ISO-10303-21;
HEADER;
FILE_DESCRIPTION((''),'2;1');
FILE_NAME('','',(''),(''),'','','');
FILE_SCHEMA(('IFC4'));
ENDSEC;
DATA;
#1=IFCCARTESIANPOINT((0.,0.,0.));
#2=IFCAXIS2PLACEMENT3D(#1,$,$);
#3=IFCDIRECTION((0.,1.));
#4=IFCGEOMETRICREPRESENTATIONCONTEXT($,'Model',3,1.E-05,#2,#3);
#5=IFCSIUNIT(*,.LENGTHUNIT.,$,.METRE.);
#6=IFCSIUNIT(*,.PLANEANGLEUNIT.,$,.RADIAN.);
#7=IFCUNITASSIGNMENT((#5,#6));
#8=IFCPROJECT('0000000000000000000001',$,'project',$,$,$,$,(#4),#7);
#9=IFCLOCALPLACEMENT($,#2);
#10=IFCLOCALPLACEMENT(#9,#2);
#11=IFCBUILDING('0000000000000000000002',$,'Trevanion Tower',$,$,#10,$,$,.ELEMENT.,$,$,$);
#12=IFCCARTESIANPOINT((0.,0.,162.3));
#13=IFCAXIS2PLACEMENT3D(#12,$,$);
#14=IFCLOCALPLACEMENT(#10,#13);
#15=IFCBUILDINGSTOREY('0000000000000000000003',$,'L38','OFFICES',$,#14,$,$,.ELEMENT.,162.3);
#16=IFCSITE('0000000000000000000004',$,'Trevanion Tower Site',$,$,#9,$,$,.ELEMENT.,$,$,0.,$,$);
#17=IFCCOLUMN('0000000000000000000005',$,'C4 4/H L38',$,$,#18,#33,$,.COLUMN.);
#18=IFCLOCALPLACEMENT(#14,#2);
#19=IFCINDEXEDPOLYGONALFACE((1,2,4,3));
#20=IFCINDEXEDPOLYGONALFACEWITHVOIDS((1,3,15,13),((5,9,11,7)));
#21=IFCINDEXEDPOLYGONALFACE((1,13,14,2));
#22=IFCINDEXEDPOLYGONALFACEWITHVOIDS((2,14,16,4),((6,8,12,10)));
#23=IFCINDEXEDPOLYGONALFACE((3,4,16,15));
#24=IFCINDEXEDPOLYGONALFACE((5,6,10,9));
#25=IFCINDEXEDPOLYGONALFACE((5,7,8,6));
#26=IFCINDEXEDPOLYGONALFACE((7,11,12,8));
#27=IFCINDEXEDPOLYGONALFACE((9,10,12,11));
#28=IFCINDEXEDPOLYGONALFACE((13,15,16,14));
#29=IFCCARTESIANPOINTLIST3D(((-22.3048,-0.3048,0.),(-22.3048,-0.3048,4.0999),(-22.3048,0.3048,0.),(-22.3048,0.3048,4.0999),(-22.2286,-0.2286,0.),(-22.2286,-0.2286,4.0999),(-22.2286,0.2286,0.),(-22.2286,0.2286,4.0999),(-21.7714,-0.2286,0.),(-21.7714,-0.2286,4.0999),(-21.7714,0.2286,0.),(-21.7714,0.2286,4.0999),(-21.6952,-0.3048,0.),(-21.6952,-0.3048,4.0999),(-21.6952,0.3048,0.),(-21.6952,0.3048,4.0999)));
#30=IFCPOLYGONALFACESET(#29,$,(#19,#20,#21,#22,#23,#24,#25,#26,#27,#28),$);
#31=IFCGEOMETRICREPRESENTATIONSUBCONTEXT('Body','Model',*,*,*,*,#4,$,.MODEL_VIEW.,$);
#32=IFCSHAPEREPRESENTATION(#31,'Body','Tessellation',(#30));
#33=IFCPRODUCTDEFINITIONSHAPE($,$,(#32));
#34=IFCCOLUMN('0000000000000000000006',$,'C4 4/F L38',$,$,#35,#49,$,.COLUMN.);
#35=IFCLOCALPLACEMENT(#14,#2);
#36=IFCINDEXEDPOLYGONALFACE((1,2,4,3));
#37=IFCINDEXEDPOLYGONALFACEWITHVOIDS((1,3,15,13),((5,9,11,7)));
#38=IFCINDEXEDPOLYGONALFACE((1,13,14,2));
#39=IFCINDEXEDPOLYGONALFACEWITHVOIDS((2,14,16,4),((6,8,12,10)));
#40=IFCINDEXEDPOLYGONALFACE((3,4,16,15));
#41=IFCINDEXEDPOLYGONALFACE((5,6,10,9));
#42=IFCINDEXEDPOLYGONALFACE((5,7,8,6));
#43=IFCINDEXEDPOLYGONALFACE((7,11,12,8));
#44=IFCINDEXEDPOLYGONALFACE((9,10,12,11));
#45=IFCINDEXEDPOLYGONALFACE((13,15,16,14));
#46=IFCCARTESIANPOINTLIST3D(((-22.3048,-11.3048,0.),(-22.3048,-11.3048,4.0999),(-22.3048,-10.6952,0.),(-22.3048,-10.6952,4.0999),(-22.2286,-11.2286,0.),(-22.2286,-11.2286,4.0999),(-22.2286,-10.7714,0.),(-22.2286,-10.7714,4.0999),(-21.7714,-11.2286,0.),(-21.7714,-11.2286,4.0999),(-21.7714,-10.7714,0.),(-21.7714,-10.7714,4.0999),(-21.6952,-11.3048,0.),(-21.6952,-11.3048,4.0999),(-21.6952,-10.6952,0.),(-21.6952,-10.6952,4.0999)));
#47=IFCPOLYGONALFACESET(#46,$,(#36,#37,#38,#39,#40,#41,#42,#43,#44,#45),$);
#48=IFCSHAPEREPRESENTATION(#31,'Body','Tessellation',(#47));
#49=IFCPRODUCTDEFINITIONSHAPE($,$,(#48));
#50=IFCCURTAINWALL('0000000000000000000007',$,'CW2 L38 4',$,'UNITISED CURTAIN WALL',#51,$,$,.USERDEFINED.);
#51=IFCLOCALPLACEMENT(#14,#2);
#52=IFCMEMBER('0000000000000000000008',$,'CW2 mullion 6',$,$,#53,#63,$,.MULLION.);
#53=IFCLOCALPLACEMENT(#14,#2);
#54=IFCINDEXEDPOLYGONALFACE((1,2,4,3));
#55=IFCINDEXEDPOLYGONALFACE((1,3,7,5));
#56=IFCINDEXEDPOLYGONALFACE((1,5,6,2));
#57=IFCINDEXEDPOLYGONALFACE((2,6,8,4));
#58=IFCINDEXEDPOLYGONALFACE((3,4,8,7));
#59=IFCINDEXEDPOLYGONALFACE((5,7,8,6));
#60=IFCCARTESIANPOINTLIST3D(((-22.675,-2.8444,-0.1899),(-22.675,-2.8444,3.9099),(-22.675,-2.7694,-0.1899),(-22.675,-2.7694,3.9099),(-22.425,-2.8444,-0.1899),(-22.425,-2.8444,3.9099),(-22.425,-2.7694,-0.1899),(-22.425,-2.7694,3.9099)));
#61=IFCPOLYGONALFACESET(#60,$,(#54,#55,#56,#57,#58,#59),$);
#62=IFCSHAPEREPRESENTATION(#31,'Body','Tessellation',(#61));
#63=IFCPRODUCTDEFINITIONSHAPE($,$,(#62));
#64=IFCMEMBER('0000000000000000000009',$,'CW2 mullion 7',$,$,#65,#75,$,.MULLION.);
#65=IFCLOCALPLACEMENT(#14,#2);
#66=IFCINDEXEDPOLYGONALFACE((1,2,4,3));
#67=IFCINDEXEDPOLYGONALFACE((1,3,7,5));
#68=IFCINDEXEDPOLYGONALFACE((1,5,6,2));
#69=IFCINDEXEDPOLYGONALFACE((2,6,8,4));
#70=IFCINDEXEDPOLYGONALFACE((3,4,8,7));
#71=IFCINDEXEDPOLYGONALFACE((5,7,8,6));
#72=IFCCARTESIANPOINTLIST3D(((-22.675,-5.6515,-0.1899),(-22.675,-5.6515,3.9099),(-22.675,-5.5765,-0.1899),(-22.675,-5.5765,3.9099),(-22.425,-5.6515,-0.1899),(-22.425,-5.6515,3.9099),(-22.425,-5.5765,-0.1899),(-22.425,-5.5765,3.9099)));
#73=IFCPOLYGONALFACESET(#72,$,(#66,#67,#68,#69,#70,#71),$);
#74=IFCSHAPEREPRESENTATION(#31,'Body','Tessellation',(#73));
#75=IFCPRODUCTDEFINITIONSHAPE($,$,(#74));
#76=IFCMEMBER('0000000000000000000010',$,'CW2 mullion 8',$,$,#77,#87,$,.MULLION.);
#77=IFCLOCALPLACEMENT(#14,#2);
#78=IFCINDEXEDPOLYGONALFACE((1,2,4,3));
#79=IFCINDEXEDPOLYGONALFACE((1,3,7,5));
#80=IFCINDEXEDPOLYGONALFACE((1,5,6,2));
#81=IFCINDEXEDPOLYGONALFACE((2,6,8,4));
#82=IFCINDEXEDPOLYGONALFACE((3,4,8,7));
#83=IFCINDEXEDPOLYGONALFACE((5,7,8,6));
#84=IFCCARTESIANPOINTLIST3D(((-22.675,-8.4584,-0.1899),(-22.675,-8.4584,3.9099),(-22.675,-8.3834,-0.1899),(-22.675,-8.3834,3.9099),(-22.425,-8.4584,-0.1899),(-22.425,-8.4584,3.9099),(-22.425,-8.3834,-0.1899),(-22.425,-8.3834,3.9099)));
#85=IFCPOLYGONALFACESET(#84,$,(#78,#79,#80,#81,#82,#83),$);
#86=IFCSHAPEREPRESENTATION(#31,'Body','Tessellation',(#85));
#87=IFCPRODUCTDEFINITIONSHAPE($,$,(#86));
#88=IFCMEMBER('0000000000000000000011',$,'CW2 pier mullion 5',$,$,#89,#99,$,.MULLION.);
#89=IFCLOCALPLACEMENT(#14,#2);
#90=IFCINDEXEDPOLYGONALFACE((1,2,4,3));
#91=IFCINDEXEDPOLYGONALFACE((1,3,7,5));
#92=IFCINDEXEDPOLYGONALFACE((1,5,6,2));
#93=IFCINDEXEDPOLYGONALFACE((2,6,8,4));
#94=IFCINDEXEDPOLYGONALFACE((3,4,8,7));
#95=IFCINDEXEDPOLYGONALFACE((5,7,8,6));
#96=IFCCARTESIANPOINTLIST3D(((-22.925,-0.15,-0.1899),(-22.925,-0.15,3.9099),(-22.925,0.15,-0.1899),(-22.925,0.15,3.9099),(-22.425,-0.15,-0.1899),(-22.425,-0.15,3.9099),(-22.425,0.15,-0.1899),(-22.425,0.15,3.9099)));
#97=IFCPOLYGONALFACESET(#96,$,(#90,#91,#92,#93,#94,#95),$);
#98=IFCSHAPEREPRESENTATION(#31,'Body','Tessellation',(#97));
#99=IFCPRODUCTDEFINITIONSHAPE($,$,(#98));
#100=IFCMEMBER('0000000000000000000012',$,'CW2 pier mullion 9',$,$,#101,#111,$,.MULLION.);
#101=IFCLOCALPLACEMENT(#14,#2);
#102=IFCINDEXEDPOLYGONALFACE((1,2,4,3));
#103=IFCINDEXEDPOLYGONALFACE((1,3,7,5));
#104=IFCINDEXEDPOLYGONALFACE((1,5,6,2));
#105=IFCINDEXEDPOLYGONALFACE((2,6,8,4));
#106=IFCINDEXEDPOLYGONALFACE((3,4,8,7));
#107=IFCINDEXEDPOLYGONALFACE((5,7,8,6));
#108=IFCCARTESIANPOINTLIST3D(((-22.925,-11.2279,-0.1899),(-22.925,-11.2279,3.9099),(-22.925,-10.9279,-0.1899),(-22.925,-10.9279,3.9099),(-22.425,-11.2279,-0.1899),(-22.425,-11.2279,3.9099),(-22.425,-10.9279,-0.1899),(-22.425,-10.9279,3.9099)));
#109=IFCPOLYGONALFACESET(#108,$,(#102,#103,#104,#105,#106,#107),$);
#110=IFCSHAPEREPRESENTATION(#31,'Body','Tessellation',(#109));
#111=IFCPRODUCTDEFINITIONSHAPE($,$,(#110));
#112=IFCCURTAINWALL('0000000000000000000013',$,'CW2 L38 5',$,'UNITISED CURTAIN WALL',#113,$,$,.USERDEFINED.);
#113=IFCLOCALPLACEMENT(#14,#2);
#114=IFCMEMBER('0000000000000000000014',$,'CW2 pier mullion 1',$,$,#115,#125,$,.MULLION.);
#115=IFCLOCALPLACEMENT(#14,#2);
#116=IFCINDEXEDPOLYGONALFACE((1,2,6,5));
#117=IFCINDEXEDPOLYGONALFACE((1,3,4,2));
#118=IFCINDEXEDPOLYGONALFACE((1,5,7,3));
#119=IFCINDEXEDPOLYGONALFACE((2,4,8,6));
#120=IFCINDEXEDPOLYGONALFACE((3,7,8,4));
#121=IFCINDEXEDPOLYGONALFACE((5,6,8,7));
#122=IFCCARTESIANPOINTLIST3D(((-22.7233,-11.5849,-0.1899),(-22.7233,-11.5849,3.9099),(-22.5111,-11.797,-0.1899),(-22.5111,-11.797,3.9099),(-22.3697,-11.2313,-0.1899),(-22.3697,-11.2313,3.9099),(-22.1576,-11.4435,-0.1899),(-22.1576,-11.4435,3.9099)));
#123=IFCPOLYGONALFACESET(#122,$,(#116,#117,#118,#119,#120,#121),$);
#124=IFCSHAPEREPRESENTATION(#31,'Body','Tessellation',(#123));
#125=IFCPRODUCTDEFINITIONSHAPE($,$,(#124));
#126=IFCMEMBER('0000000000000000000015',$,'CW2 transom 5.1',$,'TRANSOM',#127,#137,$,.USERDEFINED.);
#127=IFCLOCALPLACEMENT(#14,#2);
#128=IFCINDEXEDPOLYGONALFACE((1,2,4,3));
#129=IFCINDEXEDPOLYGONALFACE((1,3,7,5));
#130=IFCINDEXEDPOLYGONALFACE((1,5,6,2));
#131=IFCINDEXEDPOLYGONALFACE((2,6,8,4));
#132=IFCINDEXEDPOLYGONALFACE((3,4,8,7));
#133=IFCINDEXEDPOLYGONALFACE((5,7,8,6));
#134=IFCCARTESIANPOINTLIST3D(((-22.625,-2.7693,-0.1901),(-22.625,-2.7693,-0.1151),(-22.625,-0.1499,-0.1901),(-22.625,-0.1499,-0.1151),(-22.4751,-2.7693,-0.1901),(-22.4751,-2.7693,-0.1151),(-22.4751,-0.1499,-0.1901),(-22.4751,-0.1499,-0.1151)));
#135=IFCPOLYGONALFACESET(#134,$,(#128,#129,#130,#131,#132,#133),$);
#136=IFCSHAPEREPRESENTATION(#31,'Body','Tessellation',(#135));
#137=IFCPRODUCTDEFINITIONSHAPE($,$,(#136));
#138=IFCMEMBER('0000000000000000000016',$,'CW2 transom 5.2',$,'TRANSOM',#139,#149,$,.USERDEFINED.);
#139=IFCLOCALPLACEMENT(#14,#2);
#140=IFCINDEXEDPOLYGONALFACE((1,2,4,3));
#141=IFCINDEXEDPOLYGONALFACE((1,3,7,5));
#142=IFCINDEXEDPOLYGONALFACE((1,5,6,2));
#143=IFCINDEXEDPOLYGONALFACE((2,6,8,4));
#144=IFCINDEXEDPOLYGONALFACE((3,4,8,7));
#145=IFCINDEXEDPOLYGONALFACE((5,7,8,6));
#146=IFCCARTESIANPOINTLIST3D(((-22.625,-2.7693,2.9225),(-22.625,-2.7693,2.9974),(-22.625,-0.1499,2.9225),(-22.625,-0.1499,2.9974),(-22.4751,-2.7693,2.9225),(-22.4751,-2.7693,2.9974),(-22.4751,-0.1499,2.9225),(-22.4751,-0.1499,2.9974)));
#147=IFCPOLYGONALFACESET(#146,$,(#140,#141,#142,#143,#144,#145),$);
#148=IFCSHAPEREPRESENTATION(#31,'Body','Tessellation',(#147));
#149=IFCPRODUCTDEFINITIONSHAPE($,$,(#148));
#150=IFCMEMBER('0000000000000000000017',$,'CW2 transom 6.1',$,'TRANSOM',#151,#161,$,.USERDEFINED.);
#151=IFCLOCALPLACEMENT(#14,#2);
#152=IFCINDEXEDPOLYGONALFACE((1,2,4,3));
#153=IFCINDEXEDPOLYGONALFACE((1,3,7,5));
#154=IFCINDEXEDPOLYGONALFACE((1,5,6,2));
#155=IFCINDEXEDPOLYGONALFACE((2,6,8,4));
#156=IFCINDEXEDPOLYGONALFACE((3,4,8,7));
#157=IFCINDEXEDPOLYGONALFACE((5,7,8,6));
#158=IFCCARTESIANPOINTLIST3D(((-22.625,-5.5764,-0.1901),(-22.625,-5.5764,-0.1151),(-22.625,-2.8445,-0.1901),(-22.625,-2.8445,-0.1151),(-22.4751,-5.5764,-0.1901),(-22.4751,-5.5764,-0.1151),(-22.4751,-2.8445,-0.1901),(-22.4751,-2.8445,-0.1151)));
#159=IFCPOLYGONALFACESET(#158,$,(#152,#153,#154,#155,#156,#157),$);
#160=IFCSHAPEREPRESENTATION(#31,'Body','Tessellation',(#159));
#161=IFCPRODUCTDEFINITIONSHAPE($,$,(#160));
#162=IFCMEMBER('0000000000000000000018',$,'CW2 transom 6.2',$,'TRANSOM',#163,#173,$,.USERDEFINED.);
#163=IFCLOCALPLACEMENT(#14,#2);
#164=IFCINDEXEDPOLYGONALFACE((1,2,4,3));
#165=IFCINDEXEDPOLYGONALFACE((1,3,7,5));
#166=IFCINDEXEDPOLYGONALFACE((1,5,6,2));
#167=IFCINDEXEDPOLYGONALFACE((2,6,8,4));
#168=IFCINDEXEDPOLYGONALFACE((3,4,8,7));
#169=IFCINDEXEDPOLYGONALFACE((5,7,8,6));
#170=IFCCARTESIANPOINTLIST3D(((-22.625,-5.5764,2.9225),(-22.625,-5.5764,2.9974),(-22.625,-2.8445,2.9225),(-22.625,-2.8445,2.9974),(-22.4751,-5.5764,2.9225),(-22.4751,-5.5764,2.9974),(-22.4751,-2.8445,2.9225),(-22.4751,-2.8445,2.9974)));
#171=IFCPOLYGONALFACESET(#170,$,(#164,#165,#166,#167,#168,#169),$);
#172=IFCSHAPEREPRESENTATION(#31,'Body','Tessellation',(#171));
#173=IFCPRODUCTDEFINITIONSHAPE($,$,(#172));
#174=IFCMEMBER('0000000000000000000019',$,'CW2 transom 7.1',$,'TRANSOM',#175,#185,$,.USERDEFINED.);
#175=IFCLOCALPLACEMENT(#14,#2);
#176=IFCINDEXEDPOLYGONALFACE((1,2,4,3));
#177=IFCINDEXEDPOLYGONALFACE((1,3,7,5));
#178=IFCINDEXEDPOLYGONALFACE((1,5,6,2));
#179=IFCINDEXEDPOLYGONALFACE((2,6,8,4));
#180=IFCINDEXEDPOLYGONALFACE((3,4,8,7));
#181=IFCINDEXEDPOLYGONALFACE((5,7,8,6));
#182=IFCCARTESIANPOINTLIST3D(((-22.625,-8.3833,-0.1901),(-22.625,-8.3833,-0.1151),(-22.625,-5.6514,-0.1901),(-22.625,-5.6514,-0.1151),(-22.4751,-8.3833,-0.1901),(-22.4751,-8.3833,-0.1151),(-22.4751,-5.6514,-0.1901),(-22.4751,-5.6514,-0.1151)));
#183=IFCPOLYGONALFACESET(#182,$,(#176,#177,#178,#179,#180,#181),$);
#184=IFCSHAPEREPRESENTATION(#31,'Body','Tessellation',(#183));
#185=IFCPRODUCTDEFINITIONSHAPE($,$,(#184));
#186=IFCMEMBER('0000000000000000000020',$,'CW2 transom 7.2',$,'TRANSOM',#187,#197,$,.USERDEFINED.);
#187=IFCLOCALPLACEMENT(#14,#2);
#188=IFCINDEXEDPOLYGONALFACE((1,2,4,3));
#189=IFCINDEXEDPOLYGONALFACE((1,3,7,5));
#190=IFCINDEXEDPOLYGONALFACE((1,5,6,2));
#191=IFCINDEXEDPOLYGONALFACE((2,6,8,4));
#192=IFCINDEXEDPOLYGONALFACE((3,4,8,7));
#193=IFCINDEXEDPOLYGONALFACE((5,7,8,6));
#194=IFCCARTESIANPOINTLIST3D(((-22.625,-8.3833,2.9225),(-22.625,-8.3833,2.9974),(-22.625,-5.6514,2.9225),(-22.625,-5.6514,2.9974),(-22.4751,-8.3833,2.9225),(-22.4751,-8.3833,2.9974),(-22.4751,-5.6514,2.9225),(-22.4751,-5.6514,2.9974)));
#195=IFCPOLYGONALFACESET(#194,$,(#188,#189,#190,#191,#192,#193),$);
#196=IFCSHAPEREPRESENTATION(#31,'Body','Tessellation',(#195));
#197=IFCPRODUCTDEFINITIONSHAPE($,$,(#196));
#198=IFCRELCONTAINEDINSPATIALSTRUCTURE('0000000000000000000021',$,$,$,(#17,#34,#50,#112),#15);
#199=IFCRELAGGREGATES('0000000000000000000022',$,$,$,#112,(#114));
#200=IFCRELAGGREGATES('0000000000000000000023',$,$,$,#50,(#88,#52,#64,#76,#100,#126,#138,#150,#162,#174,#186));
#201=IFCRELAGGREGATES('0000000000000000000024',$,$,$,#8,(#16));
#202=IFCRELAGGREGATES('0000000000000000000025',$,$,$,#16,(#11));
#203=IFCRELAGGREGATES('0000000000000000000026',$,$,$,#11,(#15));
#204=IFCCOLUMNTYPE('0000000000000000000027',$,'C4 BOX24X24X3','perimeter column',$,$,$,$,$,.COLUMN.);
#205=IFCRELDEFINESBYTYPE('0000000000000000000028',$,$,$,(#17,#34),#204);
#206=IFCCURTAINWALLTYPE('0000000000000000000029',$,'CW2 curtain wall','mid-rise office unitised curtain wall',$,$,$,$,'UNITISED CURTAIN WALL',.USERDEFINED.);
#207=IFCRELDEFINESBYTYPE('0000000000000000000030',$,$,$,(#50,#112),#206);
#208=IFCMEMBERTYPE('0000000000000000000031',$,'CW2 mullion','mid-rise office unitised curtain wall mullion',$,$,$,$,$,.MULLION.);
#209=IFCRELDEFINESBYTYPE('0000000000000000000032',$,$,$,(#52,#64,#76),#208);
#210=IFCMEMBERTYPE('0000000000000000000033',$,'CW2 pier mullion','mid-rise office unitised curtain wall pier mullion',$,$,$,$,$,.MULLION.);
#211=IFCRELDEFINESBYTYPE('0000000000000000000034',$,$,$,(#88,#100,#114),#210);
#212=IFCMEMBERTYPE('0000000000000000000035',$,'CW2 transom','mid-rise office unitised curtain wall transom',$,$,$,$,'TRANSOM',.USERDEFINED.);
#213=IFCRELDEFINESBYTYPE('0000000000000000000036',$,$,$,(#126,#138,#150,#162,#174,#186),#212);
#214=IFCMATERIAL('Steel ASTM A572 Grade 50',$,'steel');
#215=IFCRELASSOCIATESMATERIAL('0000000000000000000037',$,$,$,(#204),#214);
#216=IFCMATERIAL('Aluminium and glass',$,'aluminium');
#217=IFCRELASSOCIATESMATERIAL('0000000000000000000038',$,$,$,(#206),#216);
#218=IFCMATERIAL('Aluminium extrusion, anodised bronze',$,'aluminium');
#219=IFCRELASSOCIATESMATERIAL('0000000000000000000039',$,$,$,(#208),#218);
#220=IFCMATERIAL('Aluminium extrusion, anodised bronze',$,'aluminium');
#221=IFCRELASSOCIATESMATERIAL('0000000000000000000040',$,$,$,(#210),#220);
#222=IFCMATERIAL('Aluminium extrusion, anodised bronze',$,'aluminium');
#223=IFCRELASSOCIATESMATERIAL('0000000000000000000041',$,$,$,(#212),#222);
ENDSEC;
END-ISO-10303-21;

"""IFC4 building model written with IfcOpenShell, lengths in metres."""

from ifc_helpers import new_model, si_unit, direction, frame, origin, origin_2d, place, context, subcontext, project, spatial, rectangle, hollow_rectangle, extrude, material, material_profile, profile_set, type_object, element, aggregate, save


model = new_model("IFC4")

# Units and contexts
model_context = context("Model", 3, precision=1e-05, world=origin(), true_north=direction((0.0, 1.0)))
body_context = subcontext(model_context, "Body", "Model", "MODEL_VIEW")
ifc_project = project(units=[si_unit("LENGTHUNIT", "METRE"), si_unit("PLANEANGLEUNIT", "RADIAN")], contexts=[model_context])

# Site, building, storey
site_placement = place(None, origin())
site = spatial("IfcSite", under=ifc_project, at=site_placement, Name="Trevanion Tower Site", CompositionType="ELEMENT", RefElevation=0.0)
building_placement = place(site_placement, origin())
building = spatial("IfcBuilding", under=site, at=building_placement, Name="Trevanion Tower", CompositionType="ELEMENT")
storey_placement = place(building_placement, frame((0.0, 0.0, 162.3)))
storey = spatial("IfcBuildingStorey", under=building, at=storey_placement, Name="L38", Description="OFFICES", CompositionType="ELEMENT", Elevation=162.3)

# Columns
ifc_material_1 = material(Name="Steel ASTM A572 Grade 50", Category="steel")
ifc_material_profile_1 = material_profile(ifc_material_1, hollow_rectangle(XDim=0.6096, YDim=0.6096, WallThickness=0.0762, at=origin_2d()), Name="BOX24X24X3")
ifc_profile_set_1 = profile_set([ifc_material_profile_1], Name="Steel ASTM A572 Grade 50")
column_type = type_object("IfcColumnType", Name="C4 BOX24X24X3", Description="perimeter column", PredefinedType="COLUMN", material=ifc_profile_set_1)
for number, where, z_axis, x_axis, name in (
    (1, (-22.0, 0.0, 0.0), (0.0, 0.0, 1.0), (0.0, 1.0, 0.0), "C4 4/H L38"),
    (2, (-22.0, -11.0, 0.0), (0.0, 0.0, 1.0), (0.0, 1.0, 0.0), "C4 4/F L38"),
):
    element("IfcColumn", number, at=place(storey_placement, frame(where, z_axis=z_axis, x_axis=x_axis)), inside=storey, type_object=column_type, Name=name, PredefinedType="COLUMN", context=body_context, shape_type="SweptSolid", body=[
        extrude(hollow_rectangle(XDim=0.6096, YDim=0.6096, WallThickness=0.0762, at=origin_2d()), origin(), (0.0, 0.0, 1.0), 4.0999),
    ])

# Curtain wall, members
ifc_material_2 = material(Name="Aluminium and glass", Category="aluminium")
curtain_wall_type = type_object("IfcCurtainWallType", Name="CW2 curtain wall", Description="mid-rise office unitised curtain wall", ElementType="UNITISED CURTAIN WALL", PredefinedType="USERDEFINED", material=ifc_material_2)
curtain_wall_1_placement = place(storey_placement, origin())
curtain_wall_1 = element("IfcCurtainWall", 3, at=curtain_wall_1_placement, inside=storey, type_object=curtain_wall_type, Name="CW2 L38 4", ObjectType="UNITISED CURTAIN WALL", PredefinedType="USERDEFINED")
ifc_material_3 = material(Name="Aluminium extrusion, anodised bronze", Category="aluminium")
ifc_material_profile_2 = material_profile(ifc_material_3, rectangle(XDim=0.075, YDim=0.25, at=origin_2d()), Name="CW2 mullion")
ifc_profile_set_2 = profile_set([ifc_material_profile_2], Name="Aluminium extrusion, anodised bronze")
member_type_1 = type_object("IfcMemberType", Name="CW2 mullion", Description="mid-rise office unitised curtain wall mullion", PredefinedType="MULLION", material=ifc_profile_set_2)
member_1_placement = place(storey_placement, frame((-22.55, -2.8069, -0.1899), z_axis=(0.0, 0.0, 1.0), x_axis=(0.0, -1.0, 0.0)))
member_1 = element("IfcMember", 4, at=member_1_placement, type_object=member_type_1, Name="CW2 mullion 6", PredefinedType="MULLION", context=body_context, shape_type="SweptSolid", body=[
    extrude(rectangle(XDim=0.075, YDim=0.25, at=origin_2d()), origin(), (0.0, 0.0, 1.0), 4.0999),
])
member_2_placement = place(storey_placement, frame((-22.55, -5.614, -0.1899), z_axis=(0.0, 0.0, 1.0), x_axis=(0.0, -1.0, 0.0)))
member_2 = element("IfcMember", 5, at=member_2_placement, type_object=member_type_1, Name="CW2 mullion 7", PredefinedType="MULLION", context=body_context, shape_type="SweptSolid", body=[
    extrude(rectangle(XDim=0.075, YDim=0.25, at=origin_2d()), origin(), (0.0, 0.0, 1.0), 4.0999),
])
member_3_placement = place(storey_placement, frame((-22.55, -8.4209, -0.1899), z_axis=(0.0, 0.0, 1.0), x_axis=(0.0, -1.0, 0.0)))
member_3 = element("IfcMember", 6, at=member_3_placement, type_object=member_type_1, Name="CW2 mullion 8", PredefinedType="MULLION", context=body_context, shape_type="SweptSolid", body=[
    extrude(rectangle(XDim=0.075, YDim=0.25, at=origin_2d()), origin(), (0.0, 0.0, 1.0), 4.0999),
])
ifc_material_4 = material(Name="Aluminium extrusion, anodised bronze", Category="aluminium")
ifc_material_profile_3 = material_profile(ifc_material_4, rectangle(XDim=0.3, YDim=0.5, at=origin_2d()), Name="CW2 pier mullion")
ifc_profile_set_3 = profile_set([ifc_material_profile_3], Name="Aluminium extrusion, anodised bronze")
member_type_2 = type_object("IfcMemberType", Name="CW2 pier mullion", Description="mid-rise office unitised curtain wall pier mullion", PredefinedType="MULLION", material=ifc_profile_set_3)
member_4_placement = place(storey_placement, frame((-22.675, 0.0, -0.1899), z_axis=(0.0, 0.0, 1.0), x_axis=(0.0, -1.0, 0.0)))
member_4 = element("IfcMember", 7, at=member_4_placement, type_object=member_type_2, Name="CW2 pier mullion 5", PredefinedType="MULLION", context=body_context, shape_type="SweptSolid", body=[
    extrude(rectangle(XDim=0.3, YDim=0.5, at=origin_2d()), origin(), (0.0, 0.0, 1.0), 4.0999),
])
member_5_placement = place(storey_placement, frame((-22.675, -11.0779, -0.1899), z_axis=(0.0, 0.0, 1.0), x_axis=(0.0, -1.0, 0.0)))
member_5 = element("IfcMember", 8, at=member_5_placement, type_object=member_type_2, Name="CW2 pier mullion 9", PredefinedType="MULLION", context=body_context, shape_type="SweptSolid", body=[
    extrude(rectangle(XDim=0.3, YDim=0.5, at=origin_2d()), origin(), (0.0, 0.0, 1.0), 4.0999),
])

# Curtain wall, member
curtain_wall_2_placement = place(storey_placement, origin())
curtain_wall_2 = element("IfcCurtainWall", 9, at=curtain_wall_2_placement, inside=storey, type_object=curtain_wall_type, Name="CW2 L38 5", ObjectType="UNITISED CURTAIN WALL", PredefinedType="USERDEFINED")
member_6_placement = place(storey_placement, frame((-22.4404, -11.5142, -0.1899), z_axis=(0.0, 0.0, 1.0), x_axis=(0.707107, -0.707107, 0.0)))
member_6 = element("IfcMember", 10, at=member_6_placement, type_object=member_type_2, Name="CW2 pier mullion 1", PredefinedType="MULLION", context=body_context, shape_type="SweptSolid", body=[
    extrude(rectangle(XDim=0.3, YDim=0.5, at=origin_2d()), origin(), (0.0, 0.0, 1.0), 4.0999),
])

# Members
ifc_material_5 = material(Name="Aluminium extrusion, anodised bronze", Category="aluminium")
ifc_material_profile_4 = material_profile(ifc_material_5, rectangle(XDim=0.1499, YDim=0.075, at=origin_2d()), Name="CW2 transom")
ifc_profile_set_4 = profile_set([ifc_material_profile_4], Name="Aluminium extrusion, anodised bronze")
member_type_3 = type_object("IfcMemberType", Name="CW2 transom", Description="mid-rise office unitised curtain wall transom", ElementType="TRANSOM", PredefinedType="USERDEFINED", material=ifc_profile_set_4)
member_7_placement = place(storey_placement, frame((-22.55, -0.1499, -0.1526), z_axis=(0.0, -1.0, 0.0), x_axis=(1.0, 0.0, 0.0)))
member_7 = element("IfcMember", 11, at=member_7_placement, type_object=member_type_3, Name="CW2 transom 5.1", ObjectType="TRANSOM", PredefinedType="USERDEFINED", context=body_context, shape_type="SweptSolid", body=[
    extrude(rectangle(XDim=0.1499, YDim=0.075, at=origin_2d()), origin(), (0.0, 0.0, 1.0), 2.6194),
])
member_8_placement = place(storey_placement, frame((-22.55, -0.1499, 2.96), z_axis=(0.0, -1.0, 0.0), x_axis=(1.0, 0.0, 0.0)))
member_8 = element("IfcMember", 12, at=member_8_placement, type_object=member_type_3, Name="CW2 transom 5.2", ObjectType="TRANSOM", PredefinedType="USERDEFINED", context=body_context, shape_type="SweptSolid", body=[
    extrude(rectangle(XDim=0.1499, YDim=0.075, at=origin_2d()), origin(), (0.0, 0.0, 1.0), 2.6194),
])
member_9_placement = place(storey_placement, frame((-22.55, -2.8445, -0.1526), z_axis=(0.0, -1.0, 0.0), x_axis=(1.0, 0.0, 0.0)))
member_9 = element("IfcMember", 13, at=member_9_placement, type_object=member_type_3, Name="CW2 transom 6.1", ObjectType="TRANSOM", PredefinedType="USERDEFINED", context=body_context, shape_type="SweptSolid", body=[
    extrude(rectangle(XDim=0.1499, YDim=0.075, at=origin_2d()), origin(), (0.0, 0.0, 1.0), 2.7319),
])
member_10_placement = place(storey_placement, frame((-22.55, -2.8445, 2.96), z_axis=(0.0, -1.0, 0.0), x_axis=(1.0, 0.0, 0.0)))
member_10 = element("IfcMember", 14, at=member_10_placement, type_object=member_type_3, Name="CW2 transom 6.2", ObjectType="TRANSOM", PredefinedType="USERDEFINED", context=body_context, shape_type="SweptSolid", body=[
    extrude(rectangle(XDim=0.1499, YDim=0.075, at=origin_2d()), origin(), (0.0, 0.0, 1.0), 2.7319),
])
member_11_placement = place(storey_placement, frame((-22.55, -5.6514, -0.1526), z_axis=(0.0, -1.0, 0.0), x_axis=(1.0, 0.0, 0.0)))
member_11 = element("IfcMember", 15, at=member_11_placement, type_object=member_type_3, Name="CW2 transom 7.1", ObjectType="TRANSOM", PredefinedType="USERDEFINED", context=body_context, shape_type="SweptSolid", body=[
    extrude(rectangle(XDim=0.1499, YDim=0.075, at=origin_2d()), origin(), (0.0, 0.0, 1.0), 2.7319),
])
member_12_placement = place(storey_placement, frame((-22.55, -5.6514, 2.96), z_axis=(0.0, -1.0, 0.0), x_axis=(1.0, 0.0, 0.0)))
member_12 = element("IfcMember", 16, at=member_12_placement, type_object=member_type_3, Name="CW2 transom 7.2", ObjectType="TRANSOM", PredefinedType="USERDEFINED", context=body_context, shape_type="SweptSolid", body=[
    extrude(rectangle(XDim=0.1499, YDim=0.075, at=origin_2d()), origin(), (0.0, 0.0, 1.0), 2.7319),
])
aggregate(curtain_wall_2, [member_6])

aggregate(curtain_wall_1, [member_4, member_1, member_2, member_3, member_5, member_7, member_8, member_9, member_10, member_11, member_12])

save(model, "model.ifc")
